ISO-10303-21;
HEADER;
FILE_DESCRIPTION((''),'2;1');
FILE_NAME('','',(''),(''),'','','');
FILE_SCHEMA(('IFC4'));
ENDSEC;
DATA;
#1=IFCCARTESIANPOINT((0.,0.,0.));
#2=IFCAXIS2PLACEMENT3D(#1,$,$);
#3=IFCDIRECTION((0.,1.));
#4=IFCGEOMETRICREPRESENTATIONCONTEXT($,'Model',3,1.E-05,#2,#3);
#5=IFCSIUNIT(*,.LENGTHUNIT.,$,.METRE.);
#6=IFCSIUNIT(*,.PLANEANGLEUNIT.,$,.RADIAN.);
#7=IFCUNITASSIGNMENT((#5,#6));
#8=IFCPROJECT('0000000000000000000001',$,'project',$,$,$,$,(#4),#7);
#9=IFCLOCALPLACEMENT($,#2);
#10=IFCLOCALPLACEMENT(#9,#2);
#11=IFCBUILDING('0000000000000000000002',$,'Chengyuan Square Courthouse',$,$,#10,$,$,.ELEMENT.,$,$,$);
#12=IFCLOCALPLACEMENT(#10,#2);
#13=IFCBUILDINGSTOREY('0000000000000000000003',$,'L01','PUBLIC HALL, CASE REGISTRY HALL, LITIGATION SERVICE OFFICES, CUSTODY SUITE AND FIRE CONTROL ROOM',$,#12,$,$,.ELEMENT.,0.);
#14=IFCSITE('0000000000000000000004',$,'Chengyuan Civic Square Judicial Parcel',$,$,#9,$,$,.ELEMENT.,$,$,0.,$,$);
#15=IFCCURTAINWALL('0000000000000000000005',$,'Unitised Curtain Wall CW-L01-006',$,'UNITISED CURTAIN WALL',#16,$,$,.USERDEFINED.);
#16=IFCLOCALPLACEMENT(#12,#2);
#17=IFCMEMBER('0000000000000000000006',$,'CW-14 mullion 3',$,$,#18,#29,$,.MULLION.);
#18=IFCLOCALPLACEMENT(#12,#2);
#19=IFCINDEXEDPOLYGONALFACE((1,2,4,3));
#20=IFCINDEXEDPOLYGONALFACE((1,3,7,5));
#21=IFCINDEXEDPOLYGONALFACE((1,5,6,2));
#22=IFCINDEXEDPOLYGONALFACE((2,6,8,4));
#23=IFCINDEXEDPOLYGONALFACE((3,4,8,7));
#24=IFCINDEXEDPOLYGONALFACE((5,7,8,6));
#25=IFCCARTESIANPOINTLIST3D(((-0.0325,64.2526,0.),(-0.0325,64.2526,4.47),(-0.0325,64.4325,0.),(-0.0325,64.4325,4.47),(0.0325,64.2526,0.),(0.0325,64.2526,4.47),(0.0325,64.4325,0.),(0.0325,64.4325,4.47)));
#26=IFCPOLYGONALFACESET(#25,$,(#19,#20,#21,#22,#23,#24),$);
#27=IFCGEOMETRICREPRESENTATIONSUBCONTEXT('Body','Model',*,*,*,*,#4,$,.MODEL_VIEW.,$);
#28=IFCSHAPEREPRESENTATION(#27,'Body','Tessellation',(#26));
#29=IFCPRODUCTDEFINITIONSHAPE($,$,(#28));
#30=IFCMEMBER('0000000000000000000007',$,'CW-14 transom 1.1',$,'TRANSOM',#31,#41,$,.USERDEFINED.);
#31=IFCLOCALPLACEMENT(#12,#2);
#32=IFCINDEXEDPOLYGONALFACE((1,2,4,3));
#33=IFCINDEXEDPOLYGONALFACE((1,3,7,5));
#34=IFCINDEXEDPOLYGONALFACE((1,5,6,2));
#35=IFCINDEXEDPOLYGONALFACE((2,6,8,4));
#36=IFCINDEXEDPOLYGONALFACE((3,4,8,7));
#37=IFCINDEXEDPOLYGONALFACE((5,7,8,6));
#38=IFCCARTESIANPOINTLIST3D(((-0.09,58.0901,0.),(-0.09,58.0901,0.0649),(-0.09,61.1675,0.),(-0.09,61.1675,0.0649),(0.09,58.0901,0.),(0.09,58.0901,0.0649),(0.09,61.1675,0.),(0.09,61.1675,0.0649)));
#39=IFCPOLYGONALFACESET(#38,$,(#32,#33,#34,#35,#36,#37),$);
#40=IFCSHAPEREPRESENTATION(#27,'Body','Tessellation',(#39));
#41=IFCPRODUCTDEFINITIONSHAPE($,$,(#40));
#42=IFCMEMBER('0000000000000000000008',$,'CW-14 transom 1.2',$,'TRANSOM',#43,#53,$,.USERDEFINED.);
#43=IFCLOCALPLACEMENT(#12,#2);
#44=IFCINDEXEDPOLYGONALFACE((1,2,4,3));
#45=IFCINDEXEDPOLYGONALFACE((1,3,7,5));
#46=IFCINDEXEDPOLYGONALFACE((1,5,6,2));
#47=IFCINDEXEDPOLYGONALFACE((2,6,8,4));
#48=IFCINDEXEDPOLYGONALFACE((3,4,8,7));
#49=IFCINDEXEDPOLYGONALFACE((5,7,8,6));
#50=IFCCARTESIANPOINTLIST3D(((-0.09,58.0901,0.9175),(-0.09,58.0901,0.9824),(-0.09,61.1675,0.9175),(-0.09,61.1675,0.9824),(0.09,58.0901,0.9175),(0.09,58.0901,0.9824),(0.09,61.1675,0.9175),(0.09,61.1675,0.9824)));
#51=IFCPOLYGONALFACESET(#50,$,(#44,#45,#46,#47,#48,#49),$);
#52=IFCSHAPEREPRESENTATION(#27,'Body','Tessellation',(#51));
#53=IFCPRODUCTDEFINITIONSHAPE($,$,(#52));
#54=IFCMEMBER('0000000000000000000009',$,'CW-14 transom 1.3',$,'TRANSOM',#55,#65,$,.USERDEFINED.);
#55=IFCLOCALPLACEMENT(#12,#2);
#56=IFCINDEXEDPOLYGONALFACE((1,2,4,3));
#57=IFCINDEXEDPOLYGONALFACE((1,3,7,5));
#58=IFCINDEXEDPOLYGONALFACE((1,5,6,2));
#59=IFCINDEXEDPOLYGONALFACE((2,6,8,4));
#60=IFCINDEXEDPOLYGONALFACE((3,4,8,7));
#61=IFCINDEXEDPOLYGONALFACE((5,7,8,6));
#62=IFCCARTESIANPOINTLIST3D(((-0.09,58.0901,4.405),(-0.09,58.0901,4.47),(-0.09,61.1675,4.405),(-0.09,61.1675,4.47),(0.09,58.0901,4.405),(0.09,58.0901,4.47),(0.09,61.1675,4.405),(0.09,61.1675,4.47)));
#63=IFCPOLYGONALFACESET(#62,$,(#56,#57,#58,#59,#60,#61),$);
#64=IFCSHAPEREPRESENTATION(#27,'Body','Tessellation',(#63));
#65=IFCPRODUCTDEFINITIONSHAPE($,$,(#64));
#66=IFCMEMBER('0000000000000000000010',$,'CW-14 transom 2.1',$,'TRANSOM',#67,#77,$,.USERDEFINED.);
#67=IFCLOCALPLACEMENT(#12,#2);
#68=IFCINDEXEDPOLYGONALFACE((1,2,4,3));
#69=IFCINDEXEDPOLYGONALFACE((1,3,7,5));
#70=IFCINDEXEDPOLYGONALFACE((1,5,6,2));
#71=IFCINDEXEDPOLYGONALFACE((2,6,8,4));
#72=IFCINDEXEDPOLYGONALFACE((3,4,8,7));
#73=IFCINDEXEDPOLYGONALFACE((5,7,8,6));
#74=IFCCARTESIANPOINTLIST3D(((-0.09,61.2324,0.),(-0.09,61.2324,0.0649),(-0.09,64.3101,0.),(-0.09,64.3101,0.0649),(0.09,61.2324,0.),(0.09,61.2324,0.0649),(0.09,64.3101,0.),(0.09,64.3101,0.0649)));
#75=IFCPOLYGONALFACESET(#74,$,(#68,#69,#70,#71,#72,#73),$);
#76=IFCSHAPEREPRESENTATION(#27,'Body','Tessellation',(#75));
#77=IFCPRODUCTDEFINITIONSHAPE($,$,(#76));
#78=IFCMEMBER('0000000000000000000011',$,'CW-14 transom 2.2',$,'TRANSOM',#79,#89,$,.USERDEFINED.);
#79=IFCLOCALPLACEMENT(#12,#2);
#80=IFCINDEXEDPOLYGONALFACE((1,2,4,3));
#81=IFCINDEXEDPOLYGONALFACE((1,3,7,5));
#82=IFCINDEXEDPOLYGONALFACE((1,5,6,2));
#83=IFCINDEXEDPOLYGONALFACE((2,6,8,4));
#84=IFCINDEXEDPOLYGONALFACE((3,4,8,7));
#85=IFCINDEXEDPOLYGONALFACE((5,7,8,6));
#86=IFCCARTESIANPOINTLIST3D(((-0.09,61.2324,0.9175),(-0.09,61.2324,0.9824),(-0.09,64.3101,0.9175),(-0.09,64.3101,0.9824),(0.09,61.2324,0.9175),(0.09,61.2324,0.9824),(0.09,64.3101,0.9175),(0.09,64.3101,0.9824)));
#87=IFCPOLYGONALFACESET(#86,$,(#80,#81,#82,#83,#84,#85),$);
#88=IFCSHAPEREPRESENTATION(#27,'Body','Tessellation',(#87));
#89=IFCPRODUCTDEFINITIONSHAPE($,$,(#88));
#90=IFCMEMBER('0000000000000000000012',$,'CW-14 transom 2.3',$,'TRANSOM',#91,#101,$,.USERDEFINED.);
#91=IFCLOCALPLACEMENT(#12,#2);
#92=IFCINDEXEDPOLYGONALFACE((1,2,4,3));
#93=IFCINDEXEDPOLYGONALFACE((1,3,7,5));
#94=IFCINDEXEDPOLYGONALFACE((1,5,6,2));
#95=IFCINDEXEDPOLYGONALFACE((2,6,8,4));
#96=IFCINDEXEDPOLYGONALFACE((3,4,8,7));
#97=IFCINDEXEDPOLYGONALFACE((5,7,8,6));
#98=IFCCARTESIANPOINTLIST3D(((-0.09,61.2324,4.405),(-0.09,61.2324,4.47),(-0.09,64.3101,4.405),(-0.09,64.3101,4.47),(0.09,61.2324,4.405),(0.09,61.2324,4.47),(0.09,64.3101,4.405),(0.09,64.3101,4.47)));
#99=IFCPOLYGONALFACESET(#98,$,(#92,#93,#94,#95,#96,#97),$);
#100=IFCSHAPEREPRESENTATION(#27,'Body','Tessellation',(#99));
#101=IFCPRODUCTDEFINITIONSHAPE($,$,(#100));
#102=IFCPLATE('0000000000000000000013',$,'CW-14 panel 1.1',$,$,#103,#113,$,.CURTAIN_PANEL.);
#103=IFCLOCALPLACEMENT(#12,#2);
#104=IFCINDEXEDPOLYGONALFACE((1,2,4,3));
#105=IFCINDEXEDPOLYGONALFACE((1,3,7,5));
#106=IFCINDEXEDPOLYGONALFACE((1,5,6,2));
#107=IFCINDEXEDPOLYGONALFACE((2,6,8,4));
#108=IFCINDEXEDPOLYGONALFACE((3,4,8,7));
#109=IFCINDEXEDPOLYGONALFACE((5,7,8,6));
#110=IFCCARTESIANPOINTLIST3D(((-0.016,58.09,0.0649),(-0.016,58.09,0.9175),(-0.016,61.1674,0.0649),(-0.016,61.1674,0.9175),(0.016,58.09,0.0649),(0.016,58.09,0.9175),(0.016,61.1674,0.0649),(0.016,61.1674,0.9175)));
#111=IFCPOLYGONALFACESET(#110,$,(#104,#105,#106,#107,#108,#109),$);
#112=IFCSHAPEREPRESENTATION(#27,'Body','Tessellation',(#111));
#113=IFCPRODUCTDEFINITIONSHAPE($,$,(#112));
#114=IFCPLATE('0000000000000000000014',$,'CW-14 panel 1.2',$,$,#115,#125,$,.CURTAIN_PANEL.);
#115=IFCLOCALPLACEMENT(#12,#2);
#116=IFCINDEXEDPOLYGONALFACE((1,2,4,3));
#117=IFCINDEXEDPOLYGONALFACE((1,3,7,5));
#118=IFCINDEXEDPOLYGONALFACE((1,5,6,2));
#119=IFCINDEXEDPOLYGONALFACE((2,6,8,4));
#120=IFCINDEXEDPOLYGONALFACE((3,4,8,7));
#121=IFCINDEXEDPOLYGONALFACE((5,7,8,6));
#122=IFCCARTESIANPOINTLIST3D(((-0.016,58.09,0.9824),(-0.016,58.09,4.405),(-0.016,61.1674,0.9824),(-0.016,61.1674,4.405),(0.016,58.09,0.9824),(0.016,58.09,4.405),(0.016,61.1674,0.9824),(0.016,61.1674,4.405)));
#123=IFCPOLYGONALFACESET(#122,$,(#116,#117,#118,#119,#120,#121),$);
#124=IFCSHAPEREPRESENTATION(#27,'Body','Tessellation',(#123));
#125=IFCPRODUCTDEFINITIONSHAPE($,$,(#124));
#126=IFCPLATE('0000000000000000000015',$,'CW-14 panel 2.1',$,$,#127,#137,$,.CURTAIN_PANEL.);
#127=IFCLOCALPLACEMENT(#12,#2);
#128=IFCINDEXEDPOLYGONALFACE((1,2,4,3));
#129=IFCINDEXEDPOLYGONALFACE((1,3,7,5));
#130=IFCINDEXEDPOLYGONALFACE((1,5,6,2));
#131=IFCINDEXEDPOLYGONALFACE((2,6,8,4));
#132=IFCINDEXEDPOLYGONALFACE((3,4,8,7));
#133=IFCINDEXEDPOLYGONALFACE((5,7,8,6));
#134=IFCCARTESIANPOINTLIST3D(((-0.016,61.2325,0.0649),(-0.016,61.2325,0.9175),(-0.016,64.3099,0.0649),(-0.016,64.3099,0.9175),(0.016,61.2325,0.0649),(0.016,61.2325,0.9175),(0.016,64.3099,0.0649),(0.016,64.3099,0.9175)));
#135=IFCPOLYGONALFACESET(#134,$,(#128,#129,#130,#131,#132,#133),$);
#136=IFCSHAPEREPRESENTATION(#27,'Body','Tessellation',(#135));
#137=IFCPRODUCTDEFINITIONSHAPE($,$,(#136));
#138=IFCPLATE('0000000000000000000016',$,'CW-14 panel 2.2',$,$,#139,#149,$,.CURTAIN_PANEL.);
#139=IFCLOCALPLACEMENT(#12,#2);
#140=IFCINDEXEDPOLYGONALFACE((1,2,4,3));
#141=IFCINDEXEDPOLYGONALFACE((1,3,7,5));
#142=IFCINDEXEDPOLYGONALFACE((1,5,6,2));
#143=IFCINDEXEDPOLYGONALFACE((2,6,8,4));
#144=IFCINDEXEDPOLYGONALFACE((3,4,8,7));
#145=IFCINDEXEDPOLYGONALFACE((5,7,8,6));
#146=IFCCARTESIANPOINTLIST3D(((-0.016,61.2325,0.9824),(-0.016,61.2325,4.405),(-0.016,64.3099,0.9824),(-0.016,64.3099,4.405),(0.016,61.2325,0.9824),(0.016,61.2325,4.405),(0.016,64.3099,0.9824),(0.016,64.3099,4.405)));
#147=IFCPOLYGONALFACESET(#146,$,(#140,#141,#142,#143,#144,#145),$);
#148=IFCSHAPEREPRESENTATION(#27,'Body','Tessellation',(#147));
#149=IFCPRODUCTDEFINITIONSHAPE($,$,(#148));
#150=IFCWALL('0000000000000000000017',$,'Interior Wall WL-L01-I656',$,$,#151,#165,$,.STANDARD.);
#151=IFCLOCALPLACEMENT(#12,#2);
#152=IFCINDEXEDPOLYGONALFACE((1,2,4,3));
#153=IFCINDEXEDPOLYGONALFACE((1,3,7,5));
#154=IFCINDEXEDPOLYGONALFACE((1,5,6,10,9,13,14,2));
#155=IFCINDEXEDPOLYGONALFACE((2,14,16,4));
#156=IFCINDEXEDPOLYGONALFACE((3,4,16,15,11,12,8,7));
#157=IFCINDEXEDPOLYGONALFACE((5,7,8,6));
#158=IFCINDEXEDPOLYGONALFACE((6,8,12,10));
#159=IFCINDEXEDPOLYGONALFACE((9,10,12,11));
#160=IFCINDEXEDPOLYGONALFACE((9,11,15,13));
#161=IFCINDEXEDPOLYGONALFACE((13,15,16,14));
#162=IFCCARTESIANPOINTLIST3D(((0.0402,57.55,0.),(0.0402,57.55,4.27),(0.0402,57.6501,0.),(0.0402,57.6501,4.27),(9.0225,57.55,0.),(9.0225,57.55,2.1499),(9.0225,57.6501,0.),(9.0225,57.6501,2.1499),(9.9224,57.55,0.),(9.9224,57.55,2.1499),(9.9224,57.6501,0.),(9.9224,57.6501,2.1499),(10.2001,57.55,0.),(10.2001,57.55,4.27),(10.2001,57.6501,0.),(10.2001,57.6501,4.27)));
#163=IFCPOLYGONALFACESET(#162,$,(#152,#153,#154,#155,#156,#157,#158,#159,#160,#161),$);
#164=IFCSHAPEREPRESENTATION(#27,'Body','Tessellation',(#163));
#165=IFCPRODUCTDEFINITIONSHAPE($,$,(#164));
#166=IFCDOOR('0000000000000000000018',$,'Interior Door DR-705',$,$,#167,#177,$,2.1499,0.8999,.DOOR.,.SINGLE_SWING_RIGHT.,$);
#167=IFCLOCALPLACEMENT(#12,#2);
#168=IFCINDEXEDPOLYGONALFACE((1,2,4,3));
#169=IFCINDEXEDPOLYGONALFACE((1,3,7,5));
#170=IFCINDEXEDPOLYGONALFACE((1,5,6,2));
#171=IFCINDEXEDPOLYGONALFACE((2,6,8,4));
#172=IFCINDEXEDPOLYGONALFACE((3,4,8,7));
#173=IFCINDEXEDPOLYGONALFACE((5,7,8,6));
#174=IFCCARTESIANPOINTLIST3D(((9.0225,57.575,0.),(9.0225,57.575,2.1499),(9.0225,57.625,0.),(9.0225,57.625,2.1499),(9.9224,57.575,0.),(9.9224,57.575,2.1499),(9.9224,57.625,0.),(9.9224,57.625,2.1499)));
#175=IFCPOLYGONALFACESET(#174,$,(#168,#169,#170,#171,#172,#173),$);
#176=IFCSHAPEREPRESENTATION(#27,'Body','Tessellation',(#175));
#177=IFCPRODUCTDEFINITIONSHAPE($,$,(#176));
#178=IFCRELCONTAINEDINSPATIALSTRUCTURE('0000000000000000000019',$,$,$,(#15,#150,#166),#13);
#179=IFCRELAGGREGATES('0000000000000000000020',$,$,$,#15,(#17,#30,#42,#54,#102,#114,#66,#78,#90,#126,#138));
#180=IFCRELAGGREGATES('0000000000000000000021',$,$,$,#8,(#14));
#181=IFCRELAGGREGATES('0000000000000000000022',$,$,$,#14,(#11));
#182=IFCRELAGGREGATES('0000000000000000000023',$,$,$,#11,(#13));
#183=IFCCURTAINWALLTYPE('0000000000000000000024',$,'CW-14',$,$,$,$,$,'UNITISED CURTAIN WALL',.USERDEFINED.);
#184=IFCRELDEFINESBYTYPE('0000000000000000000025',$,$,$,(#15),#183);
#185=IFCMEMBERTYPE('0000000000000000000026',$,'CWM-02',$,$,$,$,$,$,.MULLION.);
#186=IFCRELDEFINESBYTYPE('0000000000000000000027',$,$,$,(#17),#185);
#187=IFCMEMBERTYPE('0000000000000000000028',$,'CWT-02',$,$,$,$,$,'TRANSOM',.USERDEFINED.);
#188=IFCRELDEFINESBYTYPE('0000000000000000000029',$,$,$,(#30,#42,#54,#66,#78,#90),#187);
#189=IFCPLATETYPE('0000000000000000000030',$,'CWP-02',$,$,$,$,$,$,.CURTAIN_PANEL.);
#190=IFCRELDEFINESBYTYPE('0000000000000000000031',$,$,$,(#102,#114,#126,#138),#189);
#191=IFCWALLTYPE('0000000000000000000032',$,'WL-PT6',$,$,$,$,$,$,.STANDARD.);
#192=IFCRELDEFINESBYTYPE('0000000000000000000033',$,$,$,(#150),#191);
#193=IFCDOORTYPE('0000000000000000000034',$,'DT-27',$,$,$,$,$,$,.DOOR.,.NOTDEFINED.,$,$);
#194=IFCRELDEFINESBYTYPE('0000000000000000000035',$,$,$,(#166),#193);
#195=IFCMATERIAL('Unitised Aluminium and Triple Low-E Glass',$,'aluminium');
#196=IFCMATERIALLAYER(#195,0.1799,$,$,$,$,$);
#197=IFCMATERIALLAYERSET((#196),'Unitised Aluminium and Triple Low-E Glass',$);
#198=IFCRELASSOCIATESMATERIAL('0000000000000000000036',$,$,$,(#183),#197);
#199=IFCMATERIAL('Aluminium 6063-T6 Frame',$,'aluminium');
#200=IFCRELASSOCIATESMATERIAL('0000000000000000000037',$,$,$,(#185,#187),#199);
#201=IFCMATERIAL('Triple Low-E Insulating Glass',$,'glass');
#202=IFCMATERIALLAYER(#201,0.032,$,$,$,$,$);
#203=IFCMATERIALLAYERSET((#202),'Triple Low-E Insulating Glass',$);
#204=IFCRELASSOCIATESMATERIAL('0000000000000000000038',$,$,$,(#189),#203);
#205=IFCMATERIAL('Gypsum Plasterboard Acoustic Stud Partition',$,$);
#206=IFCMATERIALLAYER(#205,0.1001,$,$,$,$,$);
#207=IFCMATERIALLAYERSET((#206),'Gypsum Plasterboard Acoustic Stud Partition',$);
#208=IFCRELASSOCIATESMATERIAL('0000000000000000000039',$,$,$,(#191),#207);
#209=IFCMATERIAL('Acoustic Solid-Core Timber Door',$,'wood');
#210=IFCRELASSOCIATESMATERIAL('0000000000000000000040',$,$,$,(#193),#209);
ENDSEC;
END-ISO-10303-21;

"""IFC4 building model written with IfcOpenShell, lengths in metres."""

from ifc_helpers import new_model, si_unit, direction, frame, frame_2d, origin, origin_2d, place, context, subcontext, project, spatial, rectangle, extrude, material, layer, layer_set, material_profile, profile_set, type_object, element, fill, aggregate, save


model = new_model("IFC4")

# Units and contexts
model_context = context("Model", 3, precision=1e-05, world=origin(), true_north=direction((0.0, 1.0)))
body_context = subcontext(model_context, "Body", "Model", "MODEL_VIEW")
ifc_project = project(units=[si_unit("LENGTHUNIT", "METRE"), si_unit("PLANEANGLEUNIT", "RADIAN")], contexts=[model_context])

# Site, building, storey
site_placement = place(None, origin())
site = spatial("IfcSite", under=ifc_project, at=site_placement, Name="Chengyuan Civic Square Judicial Parcel", CompositionType="ELEMENT", RefElevation=0.0)
building_placement = place(site_placement, origin())
building = spatial("IfcBuilding", under=site, at=building_placement, Name="Chengyuan Square Courthouse", CompositionType="ELEMENT")
storey_placement = place(building_placement, origin())
storey = spatial("IfcBuildingStorey", under=building, at=storey_placement, Name="L01", Description="PUBLIC HALL, CASE REGISTRY HALL, LITIGATION SERVICE OFFICES, CUSTODY SUITE AND FIRE CONTROL ROOM", CompositionType="ELEMENT", Elevation=0.0)

# Curtain wall, members, plates
ifc_material_1 = material(Name="Unitised Aluminium and Triple Low-E Glass", Category="aluminium")
ifc_layer_1 = layer(ifc_material_1, 0.1799)
ifc_layer_set_1 = layer_set([ifc_layer_1], Name="Unitised Aluminium and Triple Low-E Glass")
curtain_wall_type = type_object("IfcCurtainWallType", Name="CW-14", ElementType="UNITISED CURTAIN WALL", PredefinedType="USERDEFINED", material=ifc_layer_set_1)
curtain_wall_placement = place(storey_placement, origin())
curtain_wall = element("IfcCurtainWall", 1, at=curtain_wall_placement, inside=storey, type_object=curtain_wall_type, Name="Unitised Curtain Wall CW-L01-006", ObjectType="UNITISED CURTAIN WALL", PredefinedType="USERDEFINED")
ifc_material_2 = material(Name="Aluminium 6063-T6 Frame", Category="aluminium")
ifc_material_profile_1 = material_profile(ifc_material_2, rectangle(XDim=0.0649, YDim=0.1799, at=origin_2d()), Name="CW-MUL-65x180")
ifc_profile_set_1 = profile_set([ifc_material_profile_1], Name="Aluminium 6063-T6 Frame")
member_type_1 = type_object("IfcMemberType", Name="CWM-02", PredefinedType="MULLION", material=ifc_profile_set_1)
member_1_placement = place(storey_placement, frame((0.0, 64.3425, 0.0), z_axis=(0.0, 0.0, 1.0), x_axis=(-1.0, 0.0, 0.0)))
member_1 = element("IfcMember", 2, at=member_1_placement, type_object=member_type_1, Name="CW-14 mullion 3", PredefinedType="MULLION", context=body_context, shape_type="SweptSolid", body=[
    extrude(rectangle(XDim=0.0649, YDim=0.1799, at=origin_2d()), origin(), (0.0, 0.0, 1.0), 4.47),
])
ifc_material_profile_2 = material_profile(ifc_material_2, rectangle(XDim=0.1799, YDim=0.0649, at=origin_2d()), Name="CW-TRN-65x140")
ifc_profile_set_2 = profile_set([ifc_material_profile_2], Name="Aluminium 6063-T6 Frame")
member_type_2 = type_object("IfcMemberType", Name="CWT-02", ElementType="TRANSOM", PredefinedType="USERDEFINED", material=ifc_profile_set_2)
member_2_placement = place(storey_placement, frame((0.0, 58.0901, 0.0325), z_axis=(0.0, 1.0, 0.0), x_axis=(-1.0, 0.0, 0.0)))
member_2 = element("IfcMember", 3, at=member_2_placement, type_object=member_type_2, Name="CW-14 transom 1.1", ObjectType="TRANSOM", PredefinedType="USERDEFINED", context=body_context, shape_type="SweptSolid", body=[
    extrude(rectangle(XDim=0.1799, YDim=0.0649, at=origin_2d()), origin(), (0.0, 0.0, 1.0), 3.0774),
])
member_3_placement = place(storey_placement, frame((0.0, 58.0901, 0.95), z_axis=(0.0, 1.0, 0.0), x_axis=(-1.0, 0.0, 0.0)))
member_3 = element("IfcMember", 4, at=member_3_placement, type_object=member_type_2, Name="CW-14 transom 1.2", ObjectType="TRANSOM", PredefinedType="USERDEFINED", context=body_context, shape_type="SweptSolid", body=[
    extrude(rectangle(XDim=0.1799, YDim=0.0649, at=origin_2d()), origin(), (0.0, 0.0, 1.0), 3.0774),
])
member_4_placement = place(storey_placement, frame((0.0, 58.0901, 4.4375), z_axis=(0.0, 1.0, 0.0), x_axis=(-1.0, 0.0, 0.0)))
member_4 = element("IfcMember", 5, at=member_4_placement, type_object=member_type_2, Name="CW-14 transom 1.3", ObjectType="TRANSOM", PredefinedType="USERDEFINED", context=body_context, shape_type="SweptSolid", body=[
    extrude(rectangle(XDim=0.1799, YDim=0.0649, at=origin_2d()), origin(), (0.0, 0.0, 1.0), 3.0774),
])
member_5_placement = place(storey_placement, frame((0.0, 61.2324, 0.0325), z_axis=(0.0, 1.0, 0.0), x_axis=(-1.0, 0.0, 0.0)))
member_5 = element("IfcMember", 6, at=member_5_placement, type_object=member_type_2, Name="CW-14 transom 2.1", ObjectType="TRANSOM", PredefinedType="USERDEFINED", context=body_context, shape_type="SweptSolid", body=[
    extrude(rectangle(XDim=0.1799, YDim=0.0649, at=origin_2d()), origin(), (0.0, 0.0, 1.0), 3.0776),
])
member_6_placement = place(storey_placement, frame((0.0, 61.2324, 0.95), z_axis=(0.0, 1.0, 0.0), x_axis=(-1.0, 0.0, 0.0)))
member_6 = element("IfcMember", 7, at=member_6_placement, type_object=member_type_2, Name="CW-14 transom 2.2", ObjectType="TRANSOM", PredefinedType="USERDEFINED", context=body_context, shape_type="SweptSolid", body=[
    extrude(rectangle(XDim=0.1799, YDim=0.0649, at=origin_2d()), origin(), (0.0, 0.0, 1.0), 3.0776),
])
member_7_placement = place(storey_placement, frame((0.0, 61.2324, 4.4375), z_axis=(0.0, 1.0, 0.0), x_axis=(-1.0, 0.0, 0.0)))
member_7 = element("IfcMember", 8, at=member_7_placement, type_object=member_type_2, Name="CW-14 transom 2.3", ObjectType="TRANSOM", PredefinedType="USERDEFINED", context=body_context, shape_type="SweptSolid", body=[
    extrude(rectangle(XDim=0.1799, YDim=0.0649, at=origin_2d()), origin(), (0.0, 0.0, 1.0), 3.0776),
])
ifc_material_3 = material(Name="Triple Low-E Insulating Glass", Category="glass")
ifc_layer_2 = layer(ifc_material_3, 0.032)
ifc_layer_set_2 = layer_set([ifc_layer_2], Name="Triple Low-E Insulating Glass")
plate_type = type_object("IfcPlateType", Name="CWP-02", PredefinedType="CURTAIN_PANEL", material=ifc_layer_set_2)
plate_1_placement = place(storey_placement, frame((0.0, 59.6287, 0.0649), z_axis=(0.0, 0.0, 1.0), x_axis=(0.0, 1.0, 0.0)))
plate_1 = element("IfcPlate", 9, at=plate_1_placement, type_object=plate_type, Name="CW-14 panel 1.1", PredefinedType="CURTAIN_PANEL", context=body_context, shape_type="SweptSolid", body=[
    extrude(rectangle(XDim=3.0774, YDim=0.032, at=origin_2d()), origin(), (0.0, 0.0, 1.0), 0.8525),
])
plate_2_placement = place(storey_placement, frame((0.0, 59.6287, 0.9824), z_axis=(0.0, 0.0, 1.0), x_axis=(0.0, 1.0, 0.0)))
plate_2 = element("IfcPlate", 10, at=plate_2_placement, type_object=plate_type, Name="CW-14 panel 1.2", PredefinedType="CURTAIN_PANEL", context=body_context, shape_type="SweptSolid", body=[
    extrude(rectangle(XDim=3.0774, YDim=0.032, at=origin_2d()), origin(), (0.0, 0.0, 1.0), 3.4226),
])
plate_3_placement = place(storey_placement, frame((0.0, 62.7712, 0.0649), z_axis=(0.0, 0.0, 1.0), x_axis=(0.0, 1.0, 0.0)))
plate_3 = element("IfcPlate", 11, at=plate_3_placement, type_object=plate_type, Name="CW-14 panel 2.1", PredefinedType="CURTAIN_PANEL", context=body_context, shape_type="SweptSolid", body=[
    extrude(rectangle(XDim=3.0774, YDim=0.032, at=origin_2d()), origin(), (0.0, 0.0, 1.0), 0.8525),
])
plate_4_placement = place(storey_placement, frame((0.0, 62.7712, 0.9824), z_axis=(0.0, 0.0, 1.0), x_axis=(0.0, 1.0, 0.0)))
plate_4 = element("IfcPlate", 12, at=plate_4_placement, type_object=plate_type, Name="CW-14 panel 2.2", PredefinedType="CURTAIN_PANEL", context=body_context, shape_type="SweptSolid", body=[
    extrude(rectangle(XDim=3.0774, YDim=0.032, at=origin_2d()), origin(), (0.0, 0.0, 1.0), 3.4226),
])
aggregate(curtain_wall, [member_1, member_2, member_3, member_4, plate_1, plate_2, member_5, member_6, member_7, plate_3, plate_4])

# Wall, opening, door
ifc_material_4 = material(Name="Gypsum Plasterboard Acoustic Stud Partition")
ifc_layer_3 = layer(ifc_material_4, 0.1001)
ifc_layer_set_3 = layer_set([ifc_layer_3], Name="Gypsum Plasterboard Acoustic Stud Partition")
wall_type = type_object("IfcWallType", Name="WL-PT6", PredefinedType="STANDARD", material=ifc_layer_set_3)
wall_1_placement = place(storey_placement, frame((0.04, 57.6001, 0.0), z_axis=(0.0, 0.0, 1.0), x_axis=(1.0, 0.0, 0.0)))
wall_1 = element("IfcWall", 13, at=wall_1_placement, inside=storey, type_object=wall_type, Name="Interior Wall WL-L01-I656", PredefinedType="STANDARD", context=body_context, shape_type="SweptSolid", body=[
    extrude(rectangle(XDim=10.1599, YDim=0.1001, at=frame_2d((5.0801, 0.0))), origin(), (0.0, 0.0, 1.0), 4.27),
])
opening_placement = place(wall_1_placement, frame((8.9824, 0.0, 0.0)))
opening = element("IfcOpeningElement", 14, at=opening_placement, cuts=wall_1, PredefinedType="OPENING", context=body_context, shape_type="SweptSolid", body=[
    extrude(rectangle(XDim=0.8999, YDim=2.1499, at=frame_2d((0.45, 1.075))), frame((0.0, 0.062, 0.0), z_axis=(0.0, -1.0, 0.0), x_axis=(1.0, 0.0, 0.0)), (0.0, 0.0, 1.0), 0.124),
])
ifc_material_5 = material(Name="Acoustic Solid-Core Timber Door", Category="wood")
door_type = type_object("IfcDoorType", Name="DT-27", OperationType="NOTDEFINED", PredefinedType="DOOR", material=ifc_material_5)
door_placement = place(opening_placement, origin())
door = element("IfcDoor", 15, at=door_placement, inside=storey, type_object=door_type, Name="Interior Door DR-705", OperationType="SINGLE_SWING_RIGHT", OverallHeight=2.1499, OverallWidth=0.8999, PredefinedType="DOOR", context=body_context, shape_type="SweptSolid", body=[
    extrude(rectangle(XDim=0.8999, YDim=2.1499, at=frame_2d((0.45, 1.075))), frame((0.0, 0.0249, 0.0), z_axis=(0.0, -1.0, 0.0), x_axis=(1.0, 0.0, 0.0)), (0.0, 0.0, 1.0), 0.05),
])
fill(opening, door)

save(model, "model.ifc")
